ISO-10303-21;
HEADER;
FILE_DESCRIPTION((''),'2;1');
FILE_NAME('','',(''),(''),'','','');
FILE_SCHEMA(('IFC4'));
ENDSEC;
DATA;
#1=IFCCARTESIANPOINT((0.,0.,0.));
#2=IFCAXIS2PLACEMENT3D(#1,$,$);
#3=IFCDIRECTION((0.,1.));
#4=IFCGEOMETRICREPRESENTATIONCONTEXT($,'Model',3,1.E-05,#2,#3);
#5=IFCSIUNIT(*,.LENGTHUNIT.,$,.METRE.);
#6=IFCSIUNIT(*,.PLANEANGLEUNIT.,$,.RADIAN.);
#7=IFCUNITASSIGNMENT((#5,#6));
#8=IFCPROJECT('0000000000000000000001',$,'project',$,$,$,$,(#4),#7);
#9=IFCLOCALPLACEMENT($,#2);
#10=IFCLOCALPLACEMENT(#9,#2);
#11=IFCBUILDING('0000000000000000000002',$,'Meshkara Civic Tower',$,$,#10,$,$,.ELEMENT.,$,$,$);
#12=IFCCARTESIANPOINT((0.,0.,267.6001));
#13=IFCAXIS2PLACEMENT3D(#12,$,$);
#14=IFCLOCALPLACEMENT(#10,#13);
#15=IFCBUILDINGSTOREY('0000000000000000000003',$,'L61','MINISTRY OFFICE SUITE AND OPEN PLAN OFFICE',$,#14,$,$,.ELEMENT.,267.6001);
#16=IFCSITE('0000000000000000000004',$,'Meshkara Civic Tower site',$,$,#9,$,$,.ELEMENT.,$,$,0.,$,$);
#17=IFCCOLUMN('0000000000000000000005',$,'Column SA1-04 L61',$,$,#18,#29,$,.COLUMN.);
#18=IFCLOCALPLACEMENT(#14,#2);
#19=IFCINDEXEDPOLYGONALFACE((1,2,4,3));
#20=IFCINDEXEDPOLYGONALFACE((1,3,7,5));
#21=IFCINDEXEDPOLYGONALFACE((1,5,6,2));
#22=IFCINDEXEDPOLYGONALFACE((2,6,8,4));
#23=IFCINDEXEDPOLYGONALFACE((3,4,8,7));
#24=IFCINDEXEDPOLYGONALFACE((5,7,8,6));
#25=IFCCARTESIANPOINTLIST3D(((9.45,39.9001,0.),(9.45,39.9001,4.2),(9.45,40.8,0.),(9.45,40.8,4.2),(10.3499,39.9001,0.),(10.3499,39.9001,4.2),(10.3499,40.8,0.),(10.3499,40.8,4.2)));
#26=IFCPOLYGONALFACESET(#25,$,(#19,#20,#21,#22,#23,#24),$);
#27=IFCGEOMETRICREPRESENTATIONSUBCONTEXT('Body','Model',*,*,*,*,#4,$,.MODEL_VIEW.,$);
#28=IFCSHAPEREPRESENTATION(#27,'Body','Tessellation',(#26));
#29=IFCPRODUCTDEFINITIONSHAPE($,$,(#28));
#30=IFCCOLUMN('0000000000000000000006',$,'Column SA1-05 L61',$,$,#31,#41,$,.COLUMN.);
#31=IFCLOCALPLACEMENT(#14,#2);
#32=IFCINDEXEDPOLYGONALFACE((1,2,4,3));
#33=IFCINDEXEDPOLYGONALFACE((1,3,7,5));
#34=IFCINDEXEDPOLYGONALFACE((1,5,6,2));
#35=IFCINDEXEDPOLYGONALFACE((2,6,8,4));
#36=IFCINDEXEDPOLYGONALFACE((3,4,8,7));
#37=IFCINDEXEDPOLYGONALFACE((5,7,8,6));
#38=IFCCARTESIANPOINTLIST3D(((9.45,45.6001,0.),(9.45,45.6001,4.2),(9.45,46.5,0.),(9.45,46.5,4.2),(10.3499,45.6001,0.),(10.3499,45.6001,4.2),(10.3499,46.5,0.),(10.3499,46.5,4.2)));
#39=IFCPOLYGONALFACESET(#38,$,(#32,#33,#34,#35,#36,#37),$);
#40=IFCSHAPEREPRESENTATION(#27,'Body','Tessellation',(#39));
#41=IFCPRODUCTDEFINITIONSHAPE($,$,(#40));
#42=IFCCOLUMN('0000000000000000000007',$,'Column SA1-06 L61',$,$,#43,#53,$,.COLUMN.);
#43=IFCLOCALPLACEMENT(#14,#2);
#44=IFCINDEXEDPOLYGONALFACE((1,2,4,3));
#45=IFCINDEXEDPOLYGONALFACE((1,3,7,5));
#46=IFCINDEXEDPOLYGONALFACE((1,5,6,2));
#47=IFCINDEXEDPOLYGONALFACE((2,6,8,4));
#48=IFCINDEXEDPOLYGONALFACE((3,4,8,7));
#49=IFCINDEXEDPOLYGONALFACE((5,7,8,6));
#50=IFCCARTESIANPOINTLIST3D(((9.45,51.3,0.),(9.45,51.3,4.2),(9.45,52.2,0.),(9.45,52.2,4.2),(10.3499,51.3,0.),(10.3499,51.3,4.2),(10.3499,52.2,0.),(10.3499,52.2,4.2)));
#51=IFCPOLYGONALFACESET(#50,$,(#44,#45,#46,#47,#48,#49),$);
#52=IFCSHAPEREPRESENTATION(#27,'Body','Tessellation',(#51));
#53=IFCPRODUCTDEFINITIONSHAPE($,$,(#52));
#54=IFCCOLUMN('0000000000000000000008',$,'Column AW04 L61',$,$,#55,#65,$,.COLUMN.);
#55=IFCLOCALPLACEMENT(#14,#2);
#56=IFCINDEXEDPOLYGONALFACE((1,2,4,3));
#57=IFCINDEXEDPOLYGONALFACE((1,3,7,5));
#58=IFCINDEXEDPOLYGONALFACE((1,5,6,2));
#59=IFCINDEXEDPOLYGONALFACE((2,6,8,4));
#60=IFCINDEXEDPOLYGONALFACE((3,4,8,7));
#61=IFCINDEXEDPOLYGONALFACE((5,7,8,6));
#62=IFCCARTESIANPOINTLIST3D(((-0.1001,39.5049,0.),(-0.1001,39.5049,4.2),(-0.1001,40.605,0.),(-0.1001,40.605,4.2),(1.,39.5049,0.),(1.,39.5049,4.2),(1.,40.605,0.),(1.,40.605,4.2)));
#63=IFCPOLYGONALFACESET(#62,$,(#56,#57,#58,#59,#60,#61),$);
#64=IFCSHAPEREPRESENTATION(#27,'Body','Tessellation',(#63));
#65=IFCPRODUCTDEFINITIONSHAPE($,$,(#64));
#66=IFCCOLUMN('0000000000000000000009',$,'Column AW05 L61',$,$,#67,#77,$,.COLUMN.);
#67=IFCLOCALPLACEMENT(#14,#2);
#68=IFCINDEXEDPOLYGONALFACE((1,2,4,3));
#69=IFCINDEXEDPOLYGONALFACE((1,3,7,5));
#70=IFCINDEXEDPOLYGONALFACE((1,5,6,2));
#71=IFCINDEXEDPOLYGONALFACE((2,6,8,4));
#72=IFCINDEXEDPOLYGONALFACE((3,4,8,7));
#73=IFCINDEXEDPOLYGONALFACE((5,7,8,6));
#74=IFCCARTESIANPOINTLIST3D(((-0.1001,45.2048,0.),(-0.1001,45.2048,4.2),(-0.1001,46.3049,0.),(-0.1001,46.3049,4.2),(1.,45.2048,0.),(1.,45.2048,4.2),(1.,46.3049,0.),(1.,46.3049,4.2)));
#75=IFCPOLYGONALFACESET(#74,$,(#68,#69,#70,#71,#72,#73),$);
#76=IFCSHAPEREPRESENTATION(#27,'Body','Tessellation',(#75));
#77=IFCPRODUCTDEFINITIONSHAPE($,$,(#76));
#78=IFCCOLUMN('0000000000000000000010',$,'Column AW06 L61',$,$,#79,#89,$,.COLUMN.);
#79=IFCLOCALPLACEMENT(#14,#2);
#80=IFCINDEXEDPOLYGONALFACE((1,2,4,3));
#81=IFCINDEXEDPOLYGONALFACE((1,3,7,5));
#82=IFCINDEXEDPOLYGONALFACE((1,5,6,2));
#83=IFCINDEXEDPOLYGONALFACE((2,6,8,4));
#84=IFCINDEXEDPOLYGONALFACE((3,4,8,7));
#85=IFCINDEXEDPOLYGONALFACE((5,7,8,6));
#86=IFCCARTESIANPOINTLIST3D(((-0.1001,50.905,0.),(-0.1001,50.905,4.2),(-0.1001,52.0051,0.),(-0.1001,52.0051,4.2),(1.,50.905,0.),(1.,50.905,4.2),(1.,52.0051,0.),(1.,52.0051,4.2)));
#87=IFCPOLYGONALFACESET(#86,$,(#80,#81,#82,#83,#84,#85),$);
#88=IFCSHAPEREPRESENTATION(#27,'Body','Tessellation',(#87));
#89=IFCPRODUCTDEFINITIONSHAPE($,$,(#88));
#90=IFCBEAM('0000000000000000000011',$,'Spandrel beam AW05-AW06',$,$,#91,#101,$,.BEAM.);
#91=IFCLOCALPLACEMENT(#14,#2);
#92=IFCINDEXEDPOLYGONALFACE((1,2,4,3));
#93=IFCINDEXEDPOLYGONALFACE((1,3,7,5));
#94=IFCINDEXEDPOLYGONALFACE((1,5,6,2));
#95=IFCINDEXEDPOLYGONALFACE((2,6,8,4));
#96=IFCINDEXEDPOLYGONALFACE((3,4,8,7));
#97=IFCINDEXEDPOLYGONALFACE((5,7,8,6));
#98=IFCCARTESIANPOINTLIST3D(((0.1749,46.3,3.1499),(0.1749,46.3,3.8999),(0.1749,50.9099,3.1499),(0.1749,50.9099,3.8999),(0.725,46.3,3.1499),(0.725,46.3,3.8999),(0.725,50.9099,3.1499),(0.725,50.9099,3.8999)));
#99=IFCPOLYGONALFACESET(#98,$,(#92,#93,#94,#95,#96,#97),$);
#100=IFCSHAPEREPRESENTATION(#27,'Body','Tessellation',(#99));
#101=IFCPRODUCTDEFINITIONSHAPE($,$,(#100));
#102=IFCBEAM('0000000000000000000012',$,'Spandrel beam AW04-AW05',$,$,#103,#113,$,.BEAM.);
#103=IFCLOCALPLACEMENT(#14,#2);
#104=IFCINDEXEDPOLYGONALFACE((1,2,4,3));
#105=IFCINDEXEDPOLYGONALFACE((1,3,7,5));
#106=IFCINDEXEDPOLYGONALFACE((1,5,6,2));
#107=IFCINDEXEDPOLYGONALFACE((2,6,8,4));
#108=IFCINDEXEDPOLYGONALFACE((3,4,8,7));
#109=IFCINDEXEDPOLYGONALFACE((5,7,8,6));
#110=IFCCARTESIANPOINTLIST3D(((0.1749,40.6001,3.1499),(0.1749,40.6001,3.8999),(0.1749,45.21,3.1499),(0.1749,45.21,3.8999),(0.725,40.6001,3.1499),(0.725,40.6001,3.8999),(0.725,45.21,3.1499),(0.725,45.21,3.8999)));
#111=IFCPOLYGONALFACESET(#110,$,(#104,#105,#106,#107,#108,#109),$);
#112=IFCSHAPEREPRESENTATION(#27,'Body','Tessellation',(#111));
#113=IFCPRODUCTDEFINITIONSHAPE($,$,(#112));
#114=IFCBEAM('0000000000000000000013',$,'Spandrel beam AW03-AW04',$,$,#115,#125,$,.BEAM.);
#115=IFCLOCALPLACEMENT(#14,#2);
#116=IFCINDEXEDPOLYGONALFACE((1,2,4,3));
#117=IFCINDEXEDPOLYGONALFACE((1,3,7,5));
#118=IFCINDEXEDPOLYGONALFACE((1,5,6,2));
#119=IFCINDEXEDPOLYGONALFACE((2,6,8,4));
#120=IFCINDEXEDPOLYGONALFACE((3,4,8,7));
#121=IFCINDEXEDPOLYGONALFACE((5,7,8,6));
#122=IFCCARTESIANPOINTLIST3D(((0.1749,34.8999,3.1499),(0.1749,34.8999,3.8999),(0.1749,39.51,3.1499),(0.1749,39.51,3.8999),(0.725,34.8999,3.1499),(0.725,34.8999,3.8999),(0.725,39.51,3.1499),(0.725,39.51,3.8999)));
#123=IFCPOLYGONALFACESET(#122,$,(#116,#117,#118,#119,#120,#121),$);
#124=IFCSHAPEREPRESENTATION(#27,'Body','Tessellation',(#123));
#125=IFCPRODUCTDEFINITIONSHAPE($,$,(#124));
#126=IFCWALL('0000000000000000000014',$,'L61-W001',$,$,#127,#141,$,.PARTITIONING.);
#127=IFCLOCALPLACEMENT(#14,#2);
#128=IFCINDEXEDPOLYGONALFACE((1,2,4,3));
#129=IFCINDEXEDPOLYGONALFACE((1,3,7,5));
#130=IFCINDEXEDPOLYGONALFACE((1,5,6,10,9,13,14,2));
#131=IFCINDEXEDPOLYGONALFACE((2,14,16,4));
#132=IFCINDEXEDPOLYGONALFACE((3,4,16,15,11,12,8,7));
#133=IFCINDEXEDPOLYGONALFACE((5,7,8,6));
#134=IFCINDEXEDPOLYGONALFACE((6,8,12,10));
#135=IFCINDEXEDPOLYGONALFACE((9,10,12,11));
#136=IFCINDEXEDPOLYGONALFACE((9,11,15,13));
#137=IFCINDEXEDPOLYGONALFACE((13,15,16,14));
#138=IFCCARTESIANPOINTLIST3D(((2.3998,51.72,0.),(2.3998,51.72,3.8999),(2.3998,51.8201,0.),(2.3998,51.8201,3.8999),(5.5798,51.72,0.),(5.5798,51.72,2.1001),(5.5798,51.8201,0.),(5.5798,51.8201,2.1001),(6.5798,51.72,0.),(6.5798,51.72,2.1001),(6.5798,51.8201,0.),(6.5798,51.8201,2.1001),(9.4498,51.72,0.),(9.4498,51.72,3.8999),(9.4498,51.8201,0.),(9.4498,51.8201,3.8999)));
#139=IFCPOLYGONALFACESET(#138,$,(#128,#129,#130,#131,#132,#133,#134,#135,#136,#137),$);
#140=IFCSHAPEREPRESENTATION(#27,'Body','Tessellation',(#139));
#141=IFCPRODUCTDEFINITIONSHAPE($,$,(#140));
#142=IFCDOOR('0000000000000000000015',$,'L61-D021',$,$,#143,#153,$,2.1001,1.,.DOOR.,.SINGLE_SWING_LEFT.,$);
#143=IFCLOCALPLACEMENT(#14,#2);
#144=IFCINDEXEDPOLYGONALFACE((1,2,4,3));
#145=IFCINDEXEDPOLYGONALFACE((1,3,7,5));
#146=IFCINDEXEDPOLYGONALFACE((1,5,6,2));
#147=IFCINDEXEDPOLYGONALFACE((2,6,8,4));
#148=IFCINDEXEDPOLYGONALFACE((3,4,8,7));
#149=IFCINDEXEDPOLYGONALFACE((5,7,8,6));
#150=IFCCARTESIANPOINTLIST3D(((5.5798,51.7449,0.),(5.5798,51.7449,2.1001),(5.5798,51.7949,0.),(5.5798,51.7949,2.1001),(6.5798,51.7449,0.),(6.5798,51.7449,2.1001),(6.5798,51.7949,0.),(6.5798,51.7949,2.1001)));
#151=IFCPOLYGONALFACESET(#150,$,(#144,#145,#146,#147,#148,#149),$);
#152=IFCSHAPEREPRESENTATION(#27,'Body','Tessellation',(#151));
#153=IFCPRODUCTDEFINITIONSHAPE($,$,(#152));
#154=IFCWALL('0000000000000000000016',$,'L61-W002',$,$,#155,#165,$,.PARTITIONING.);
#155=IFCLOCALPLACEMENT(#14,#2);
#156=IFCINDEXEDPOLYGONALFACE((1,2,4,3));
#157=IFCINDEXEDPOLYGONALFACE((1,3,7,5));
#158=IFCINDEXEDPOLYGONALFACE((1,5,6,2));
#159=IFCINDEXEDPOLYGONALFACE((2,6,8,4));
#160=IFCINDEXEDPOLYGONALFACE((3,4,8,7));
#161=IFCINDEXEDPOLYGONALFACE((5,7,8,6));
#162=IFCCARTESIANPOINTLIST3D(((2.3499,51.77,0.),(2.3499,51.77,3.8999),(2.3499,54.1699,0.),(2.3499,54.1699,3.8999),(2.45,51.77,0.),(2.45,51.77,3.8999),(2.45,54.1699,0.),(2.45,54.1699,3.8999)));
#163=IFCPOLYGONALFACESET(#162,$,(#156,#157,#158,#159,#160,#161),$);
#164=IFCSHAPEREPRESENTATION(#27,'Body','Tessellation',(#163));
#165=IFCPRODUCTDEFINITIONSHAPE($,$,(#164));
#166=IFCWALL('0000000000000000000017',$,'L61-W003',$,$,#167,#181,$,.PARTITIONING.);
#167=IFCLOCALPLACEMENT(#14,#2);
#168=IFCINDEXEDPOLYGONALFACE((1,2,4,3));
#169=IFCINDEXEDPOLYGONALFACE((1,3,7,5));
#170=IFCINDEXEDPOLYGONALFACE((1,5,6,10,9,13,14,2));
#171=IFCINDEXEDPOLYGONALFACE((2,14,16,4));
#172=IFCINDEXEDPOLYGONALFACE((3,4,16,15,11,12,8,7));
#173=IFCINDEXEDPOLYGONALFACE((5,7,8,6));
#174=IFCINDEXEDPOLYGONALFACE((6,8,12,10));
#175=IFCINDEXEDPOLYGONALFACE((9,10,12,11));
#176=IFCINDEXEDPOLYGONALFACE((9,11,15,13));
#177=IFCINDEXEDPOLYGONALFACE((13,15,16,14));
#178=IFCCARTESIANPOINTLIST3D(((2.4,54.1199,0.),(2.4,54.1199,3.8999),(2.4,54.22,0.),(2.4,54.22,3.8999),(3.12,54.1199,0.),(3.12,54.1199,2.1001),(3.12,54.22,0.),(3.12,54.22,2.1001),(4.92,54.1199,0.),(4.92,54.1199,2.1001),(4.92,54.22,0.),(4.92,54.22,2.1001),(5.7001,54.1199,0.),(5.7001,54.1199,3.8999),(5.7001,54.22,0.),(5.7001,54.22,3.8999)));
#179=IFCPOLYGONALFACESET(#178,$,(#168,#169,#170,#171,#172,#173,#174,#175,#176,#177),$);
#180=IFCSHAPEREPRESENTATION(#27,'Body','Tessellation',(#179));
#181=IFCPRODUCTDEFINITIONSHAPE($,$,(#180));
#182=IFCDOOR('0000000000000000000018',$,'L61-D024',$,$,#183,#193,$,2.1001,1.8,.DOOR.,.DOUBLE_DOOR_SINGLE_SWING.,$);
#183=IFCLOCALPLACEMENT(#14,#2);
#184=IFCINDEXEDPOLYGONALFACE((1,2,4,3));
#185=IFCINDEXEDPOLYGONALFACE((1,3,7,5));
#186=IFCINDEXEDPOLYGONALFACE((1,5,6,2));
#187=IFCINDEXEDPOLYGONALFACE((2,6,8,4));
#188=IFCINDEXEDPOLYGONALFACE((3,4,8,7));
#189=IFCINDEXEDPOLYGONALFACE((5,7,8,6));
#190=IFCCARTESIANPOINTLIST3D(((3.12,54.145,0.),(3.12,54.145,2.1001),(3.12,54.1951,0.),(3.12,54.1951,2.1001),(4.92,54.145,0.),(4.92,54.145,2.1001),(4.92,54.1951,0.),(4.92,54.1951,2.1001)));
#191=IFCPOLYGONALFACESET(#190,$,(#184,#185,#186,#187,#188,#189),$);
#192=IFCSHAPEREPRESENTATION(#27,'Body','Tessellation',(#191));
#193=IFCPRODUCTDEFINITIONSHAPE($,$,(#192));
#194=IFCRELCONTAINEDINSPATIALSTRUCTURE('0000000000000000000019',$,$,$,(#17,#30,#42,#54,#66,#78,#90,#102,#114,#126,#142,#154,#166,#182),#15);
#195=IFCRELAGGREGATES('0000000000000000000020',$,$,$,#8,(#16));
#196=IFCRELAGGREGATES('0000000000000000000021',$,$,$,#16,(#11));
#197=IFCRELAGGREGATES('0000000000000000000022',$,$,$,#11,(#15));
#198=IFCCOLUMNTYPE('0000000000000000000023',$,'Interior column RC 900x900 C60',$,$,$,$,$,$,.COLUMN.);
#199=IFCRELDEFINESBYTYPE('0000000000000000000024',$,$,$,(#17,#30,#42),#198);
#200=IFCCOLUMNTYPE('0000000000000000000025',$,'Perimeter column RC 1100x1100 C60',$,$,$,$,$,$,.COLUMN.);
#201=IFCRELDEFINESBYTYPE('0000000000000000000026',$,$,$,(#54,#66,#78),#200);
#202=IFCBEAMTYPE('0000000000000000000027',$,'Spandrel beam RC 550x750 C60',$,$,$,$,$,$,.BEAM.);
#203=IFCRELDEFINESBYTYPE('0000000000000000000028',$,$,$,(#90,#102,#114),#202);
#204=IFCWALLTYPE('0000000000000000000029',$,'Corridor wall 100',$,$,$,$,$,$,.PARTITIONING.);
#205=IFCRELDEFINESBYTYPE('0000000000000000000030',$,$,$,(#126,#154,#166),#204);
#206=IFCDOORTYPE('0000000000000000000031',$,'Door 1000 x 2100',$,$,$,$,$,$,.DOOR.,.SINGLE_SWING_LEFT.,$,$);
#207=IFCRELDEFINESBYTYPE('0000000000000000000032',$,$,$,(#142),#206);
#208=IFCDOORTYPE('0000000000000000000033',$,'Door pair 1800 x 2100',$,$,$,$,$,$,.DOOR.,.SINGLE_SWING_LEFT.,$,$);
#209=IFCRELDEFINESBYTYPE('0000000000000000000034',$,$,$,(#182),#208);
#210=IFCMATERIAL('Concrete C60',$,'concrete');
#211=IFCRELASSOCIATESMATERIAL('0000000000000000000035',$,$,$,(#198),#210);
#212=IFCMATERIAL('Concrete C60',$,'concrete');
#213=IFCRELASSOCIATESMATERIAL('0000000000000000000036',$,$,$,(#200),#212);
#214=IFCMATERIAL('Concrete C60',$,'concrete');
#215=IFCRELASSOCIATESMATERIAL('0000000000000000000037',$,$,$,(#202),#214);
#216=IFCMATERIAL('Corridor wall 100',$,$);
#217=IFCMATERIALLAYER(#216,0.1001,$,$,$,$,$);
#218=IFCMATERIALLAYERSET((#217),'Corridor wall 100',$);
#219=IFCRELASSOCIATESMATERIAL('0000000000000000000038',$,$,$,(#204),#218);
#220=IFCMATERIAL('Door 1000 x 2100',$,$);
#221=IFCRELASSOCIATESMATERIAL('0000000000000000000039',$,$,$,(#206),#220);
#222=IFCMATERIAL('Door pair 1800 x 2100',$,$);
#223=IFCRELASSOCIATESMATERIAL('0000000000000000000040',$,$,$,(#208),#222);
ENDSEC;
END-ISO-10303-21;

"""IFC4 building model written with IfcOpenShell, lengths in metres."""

from ifc_helpers import new_model, si_unit, direction, frame, frame_2d, origin, origin_2d, place, context, subcontext, project, spatial, rectangle, extrude, material, layer, layer_set, material_profile, profile_set, type_object, element, fill, save


model = new_model("IFC4")

# Units and contexts
model_context = context("Model", 3, precision=1e-05, world=origin(), true_north=direction((0.0, 1.0)))
body_context = subcontext(model_context, "Body", "Model", "MODEL_VIEW")
ifc_project = project(units=[si_unit("LENGTHUNIT", "METRE"), si_unit("PLANEANGLEUNIT", "RADIAN")], contexts=[model_context])

# Site, building, storey
site_placement = place(None, origin())
site = spatial("IfcSite", under=ifc_project, at=site_placement, Name="Meshkara Civic Tower site", CompositionType="ELEMENT", RefElevation=0.0)
building_placement = place(site_placement, origin())
building = spatial("IfcBuilding", under=site, at=building_placement, Name="Meshkara Civic Tower", CompositionType="ELEMENT")
storey_placement = place(building_placement, frame((0.0, 0.0, 267.6001)))
storey = spatial("IfcBuildingStorey", under=building, at=storey_placement, Name="L61", Description="MINISTRY OFFICE SUITE AND OPEN PLAN OFFICE", CompositionType="ELEMENT", Elevation=267.6001)

# Columns
ifc_material_1 = material(Name="Concrete C60", Category="concrete")
ifc_material_profile_1 = material_profile(ifc_material_1, rectangle(XDim=0.8999, YDim=0.8999, at=origin_2d()))
ifc_profile_set_1 = profile_set([ifc_material_profile_1], Name="Concrete C60")
column_type_1 = type_object("IfcColumnType", Name="Interior column RC 900x900 C60", PredefinedType="COLUMN", material=ifc_profile_set_1)
for number, where, z_axis, x_axis, name in (
    (1, (9.8999, 40.3501, 0.0), (0.0, 0.0, 1.0), (1.0, 0.0, 0.0), "Column SA1-04 L61"),
    (2, (9.8999, 46.05, 0.0), (0.0, 0.0, 1.0), (1.0, 0.0, 0.0), "Column SA1-05 L61"),
    (3, (9.8999, 51.75, 0.0), (0.0, 0.0, 1.0), (1.0, 0.0, 0.0), "Column SA1-06 L61"),
):
    element("IfcColumn", number, at=place(storey_placement, frame(where, z_axis=z_axis, x_axis=x_axis)), inside=storey, type_object=column_type_1, Name=name, PredefinedType="COLUMN", context=body_context, shape_type="SweptSolid", body=[
        extrude(rectangle(XDim=0.8999, YDim=0.8999, at=origin_2d()), origin(), (0.0, 0.0, 1.0), 4.2),
    ])
ifc_material_2 = material(Name="Concrete C60", Category="concrete")
ifc_material_profile_2 = material_profile(ifc_material_2, rectangle(XDim=1.1001, YDim=1.1001, at=origin_2d()))
ifc_profile_set_2 = profile_set([ifc_material_profile_2], Name="Concrete C60")
column_type_2 = type_object("IfcColumnType", Name="Perimeter column RC 1100x1100 C60", PredefinedType="COLUMN", material=ifc_profile_set_2)
for number, where, z_axis, x_axis, name in (
    (4, (0.45, 40.0549, 0.0), (0.0, 0.0, 1.0), (1.0, 0.0, 0.0), "Column AW04 L61"),
    (5, (0.45, 45.7549, 0.0), (0.0, 0.0, 1.0), (1.0, 0.0, 0.0), "Column AW05 L61"),
    (6, (0.45, 51.4551, 0.0), (0.0, 0.0, 1.0), (1.0, 0.0, 0.0), "Column AW06 L61"),
):
    element("IfcColumn", number, at=place(storey_placement, frame(where, z_axis=z_axis, x_axis=x_axis)), inside=storey, type_object=column_type_2, Name=name, PredefinedType="COLUMN", context=body_context, shape_type="SweptSolid", body=[
        extrude(rectangle(XDim=1.1001, YDim=1.1001, at=origin_2d()), origin(), (0.0, 0.0, 1.0), 4.2),
    ])

# Beams
ifc_material_3 = material(Name="Concrete C60", Category="concrete")
ifc_material_profile_3 = material_profile(ifc_material_3, rectangle(XDim=0.55, YDim=0.75, at=origin_2d()))
ifc_profile_set_3 = profile_set([ifc_material_profile_3], Name="Concrete C60")
beam_type = type_object("IfcBeamType", Name="Spandrel beam RC 550x750 C60", PredefinedType="BEAM", material=ifc_profile_set_3)
for number, where, z_axis, x_axis, name in (
    (7, (0.45, 50.9099, 3.5249), (0.0, -1.0, 0.0), (1.0, 0.0, 0.0), "Spandrel beam AW05-AW06"),
    (8, (0.45, 45.21, 3.5249), (0.0, -1.0, 0.0), (1.0, 0.0, 0.0), "Spandrel beam AW04-AW05"),
):
    element("IfcBeam", number, at=place(storey_placement, frame(where, z_axis=z_axis, x_axis=x_axis)), inside=storey, type_object=beam_type, Name=name, PredefinedType="BEAM", context=body_context, shape_type="SweptSolid", body=[
        extrude(rectangle(XDim=0.55, YDim=0.75, at=origin_2d()), origin(), (0.0, 0.0, 1.0), 4.6099),
    ])
beam_placement = place(storey_placement, frame((0.45, 39.51, 3.5249), z_axis=(0.0, -1.0, 0.0), x_axis=(1.0, 0.0, 0.0)))
element("IfcBeam", 9, at=beam_placement, inside=storey, type_object=beam_type, Name="Spandrel beam AW03-AW04", PredefinedType="BEAM", context=body_context, shape_type="SweptSolid", body=[
    extrude(rectangle(XDim=0.55, YDim=0.75, at=origin_2d()), origin(), (0.0, 0.0, 1.0), 4.6101),
])

# Wall, opening, door
ifc_material_4 = material(Name="Corridor wall 100")
ifc_layer_1 = layer(ifc_material_4, 0.1001)
ifc_layer_set_1 = layer_set([ifc_layer_1], Name="Corridor wall 100")
wall_type_1 = type_object("IfcWallType", Name="Corridor wall 100", PredefinedType="PARTITIONING", material=ifc_layer_set_1)
wall_1_placement = place(storey_placement, frame((2.3999, 51.77, 0.0), z_axis=(0.0, 0.0, 1.0), x_axis=(1.0, 0.0, 0.0)))
wall_1 = element("IfcWall", 10, at=wall_1_placement, inside=storey, type_object=wall_type_1, Name="L61-W001", PredefinedType="PARTITIONING", context=body_context, shape_type="SweptSolid", body=[
    extrude(rectangle(XDim=7.05, YDim=0.1001, at=frame_2d((3.5249, 0.0))), origin(), (0.0, 0.0, 1.0), 3.8999),
])
opening_1_placement = place(wall_1_placement, frame((3.1799, 0.0, 0.0)))
opening_1 = element("IfcOpeningElement", 11, at=opening_1_placement, cuts=wall_1, PredefinedType="OPENING", context=body_context, shape_type="SweptSolid", body=[
    extrude(rectangle(XDim=1.0, YDim=2.1001, at=frame_2d((0.5, 1.05))), frame((0.0, 0.0601, 0.0), z_axis=(0.0, -1.0, 0.0), x_axis=(1.0, 0.0, 0.0)), (0.0, 0.0, 1.0), 0.1201),
])
ifc_material_5 = material(Name="Door 1000 x 2100")
door_type_1 = type_object("IfcDoorType", Name="Door 1000 x 2100", OperationType="SINGLE_SWING_LEFT", PredefinedType="DOOR", material=ifc_material_5)
door_1_placement = place(opening_1_placement, origin())
door_1 = element("IfcDoor", 12, at=door_1_placement, inside=storey, type_object=door_type_1, Name="L61-D021", OperationType="SINGLE_SWING_LEFT", OverallHeight=2.1001, OverallWidth=1.0, PredefinedType="DOOR", context=body_context, shape_type="SweptSolid", body=[
    extrude(rectangle(XDim=1.0, YDim=2.1001, at=frame_2d((0.5, 1.05))), frame((0.0, 0.0249, 0.0), z_axis=(0.0, -1.0, 0.0), x_axis=(1.0, 0.0, 0.0)), (0.0, 0.0, 1.0), 0.05),
])
fill(opening_1, door_1)

# Wall
wall_2_placement = place(storey_placement, frame((2.3999, 54.1699, 0.0), z_axis=(0.0, 0.0, 1.0), x_axis=(0.0, -1.0, 0.0)))
element("IfcWall", 13, at=wall_2_placement, inside=storey, type_object=wall_type_1, Name="L61-W002", PredefinedType="PARTITIONING", context=body_context, shape_type="SweptSolid", body=[
    extrude(rectangle(XDim=2.3999, YDim=0.1001, at=frame_2d((1.2, 0.0))), origin(), (0.0, 0.0, 1.0), 3.8999),
])

# Wall, opening, door
wall_3_placement = place(storey_placement, frame((5.7, 54.1699, 0.0), z_axis=(0.0, 0.0, 1.0), x_axis=(-1.0, 0.0, 0.0)))
wall_3 = element("IfcWall", 14, at=wall_3_placement, inside=storey, type_object=wall_type_1, Name="L61-W003", PredefinedType="PARTITIONING", context=body_context, shape_type="SweptSolid", body=[
    extrude(rectangle(XDim=3.3, YDim=0.1001, at=frame_2d((1.6499, 0.0))), origin(), (0.0, 0.0, 1.0), 3.8999),
])
opening_2_placement = place(wall_3_placement, frame((0.78, 0.0, 0.0)))
opening_2 = element("IfcOpeningElement", 15, at=opening_2_placement, cuts=wall_3, PredefinedType="OPENING", context=body_context, shape_type="SweptSolid", body=[
    extrude(rectangle(XDim=1.8, YDim=2.1001, at=frame_2d((0.8999, 1.05))), frame((0.0, 0.0601, 0.0), z_axis=(0.0, -1.0, 0.0), x_axis=(1.0, 0.0, 0.0)), (0.0, 0.0, 1.0), 0.1201),
])
ifc_material_6 = material(Name="Door pair 1800 x 2100")
door_type_2 = type_object("IfcDoorType", Name="Door pair 1800 x 2100", OperationType="SINGLE_SWING_LEFT", PredefinedType="DOOR", material=ifc_material_6)
door_2_placement = place(opening_2_placement, origin())
door_2 = element("IfcDoor", 16, at=door_2_placement, inside=storey, type_object=door_type_2, Name="L61-D024", OperationType="DOUBLE_DOOR_SINGLE_SWING", OverallHeight=2.1001, OverallWidth=1.8, PredefinedType="DOOR", context=body_context, shape_type="SweptSolid", body=[
    extrude(rectangle(XDim=1.8, YDim=2.1001, at=frame_2d((0.8999, 1.05))), frame((0.0, 0.0249, 0.0), z_axis=(0.0, -1.0, 0.0), x_axis=(1.0, 0.0, 0.0)), (0.0, 0.0, 1.0), 0.05),
])
fill(opening_2, door_2)

save(model, "model.ifc")
